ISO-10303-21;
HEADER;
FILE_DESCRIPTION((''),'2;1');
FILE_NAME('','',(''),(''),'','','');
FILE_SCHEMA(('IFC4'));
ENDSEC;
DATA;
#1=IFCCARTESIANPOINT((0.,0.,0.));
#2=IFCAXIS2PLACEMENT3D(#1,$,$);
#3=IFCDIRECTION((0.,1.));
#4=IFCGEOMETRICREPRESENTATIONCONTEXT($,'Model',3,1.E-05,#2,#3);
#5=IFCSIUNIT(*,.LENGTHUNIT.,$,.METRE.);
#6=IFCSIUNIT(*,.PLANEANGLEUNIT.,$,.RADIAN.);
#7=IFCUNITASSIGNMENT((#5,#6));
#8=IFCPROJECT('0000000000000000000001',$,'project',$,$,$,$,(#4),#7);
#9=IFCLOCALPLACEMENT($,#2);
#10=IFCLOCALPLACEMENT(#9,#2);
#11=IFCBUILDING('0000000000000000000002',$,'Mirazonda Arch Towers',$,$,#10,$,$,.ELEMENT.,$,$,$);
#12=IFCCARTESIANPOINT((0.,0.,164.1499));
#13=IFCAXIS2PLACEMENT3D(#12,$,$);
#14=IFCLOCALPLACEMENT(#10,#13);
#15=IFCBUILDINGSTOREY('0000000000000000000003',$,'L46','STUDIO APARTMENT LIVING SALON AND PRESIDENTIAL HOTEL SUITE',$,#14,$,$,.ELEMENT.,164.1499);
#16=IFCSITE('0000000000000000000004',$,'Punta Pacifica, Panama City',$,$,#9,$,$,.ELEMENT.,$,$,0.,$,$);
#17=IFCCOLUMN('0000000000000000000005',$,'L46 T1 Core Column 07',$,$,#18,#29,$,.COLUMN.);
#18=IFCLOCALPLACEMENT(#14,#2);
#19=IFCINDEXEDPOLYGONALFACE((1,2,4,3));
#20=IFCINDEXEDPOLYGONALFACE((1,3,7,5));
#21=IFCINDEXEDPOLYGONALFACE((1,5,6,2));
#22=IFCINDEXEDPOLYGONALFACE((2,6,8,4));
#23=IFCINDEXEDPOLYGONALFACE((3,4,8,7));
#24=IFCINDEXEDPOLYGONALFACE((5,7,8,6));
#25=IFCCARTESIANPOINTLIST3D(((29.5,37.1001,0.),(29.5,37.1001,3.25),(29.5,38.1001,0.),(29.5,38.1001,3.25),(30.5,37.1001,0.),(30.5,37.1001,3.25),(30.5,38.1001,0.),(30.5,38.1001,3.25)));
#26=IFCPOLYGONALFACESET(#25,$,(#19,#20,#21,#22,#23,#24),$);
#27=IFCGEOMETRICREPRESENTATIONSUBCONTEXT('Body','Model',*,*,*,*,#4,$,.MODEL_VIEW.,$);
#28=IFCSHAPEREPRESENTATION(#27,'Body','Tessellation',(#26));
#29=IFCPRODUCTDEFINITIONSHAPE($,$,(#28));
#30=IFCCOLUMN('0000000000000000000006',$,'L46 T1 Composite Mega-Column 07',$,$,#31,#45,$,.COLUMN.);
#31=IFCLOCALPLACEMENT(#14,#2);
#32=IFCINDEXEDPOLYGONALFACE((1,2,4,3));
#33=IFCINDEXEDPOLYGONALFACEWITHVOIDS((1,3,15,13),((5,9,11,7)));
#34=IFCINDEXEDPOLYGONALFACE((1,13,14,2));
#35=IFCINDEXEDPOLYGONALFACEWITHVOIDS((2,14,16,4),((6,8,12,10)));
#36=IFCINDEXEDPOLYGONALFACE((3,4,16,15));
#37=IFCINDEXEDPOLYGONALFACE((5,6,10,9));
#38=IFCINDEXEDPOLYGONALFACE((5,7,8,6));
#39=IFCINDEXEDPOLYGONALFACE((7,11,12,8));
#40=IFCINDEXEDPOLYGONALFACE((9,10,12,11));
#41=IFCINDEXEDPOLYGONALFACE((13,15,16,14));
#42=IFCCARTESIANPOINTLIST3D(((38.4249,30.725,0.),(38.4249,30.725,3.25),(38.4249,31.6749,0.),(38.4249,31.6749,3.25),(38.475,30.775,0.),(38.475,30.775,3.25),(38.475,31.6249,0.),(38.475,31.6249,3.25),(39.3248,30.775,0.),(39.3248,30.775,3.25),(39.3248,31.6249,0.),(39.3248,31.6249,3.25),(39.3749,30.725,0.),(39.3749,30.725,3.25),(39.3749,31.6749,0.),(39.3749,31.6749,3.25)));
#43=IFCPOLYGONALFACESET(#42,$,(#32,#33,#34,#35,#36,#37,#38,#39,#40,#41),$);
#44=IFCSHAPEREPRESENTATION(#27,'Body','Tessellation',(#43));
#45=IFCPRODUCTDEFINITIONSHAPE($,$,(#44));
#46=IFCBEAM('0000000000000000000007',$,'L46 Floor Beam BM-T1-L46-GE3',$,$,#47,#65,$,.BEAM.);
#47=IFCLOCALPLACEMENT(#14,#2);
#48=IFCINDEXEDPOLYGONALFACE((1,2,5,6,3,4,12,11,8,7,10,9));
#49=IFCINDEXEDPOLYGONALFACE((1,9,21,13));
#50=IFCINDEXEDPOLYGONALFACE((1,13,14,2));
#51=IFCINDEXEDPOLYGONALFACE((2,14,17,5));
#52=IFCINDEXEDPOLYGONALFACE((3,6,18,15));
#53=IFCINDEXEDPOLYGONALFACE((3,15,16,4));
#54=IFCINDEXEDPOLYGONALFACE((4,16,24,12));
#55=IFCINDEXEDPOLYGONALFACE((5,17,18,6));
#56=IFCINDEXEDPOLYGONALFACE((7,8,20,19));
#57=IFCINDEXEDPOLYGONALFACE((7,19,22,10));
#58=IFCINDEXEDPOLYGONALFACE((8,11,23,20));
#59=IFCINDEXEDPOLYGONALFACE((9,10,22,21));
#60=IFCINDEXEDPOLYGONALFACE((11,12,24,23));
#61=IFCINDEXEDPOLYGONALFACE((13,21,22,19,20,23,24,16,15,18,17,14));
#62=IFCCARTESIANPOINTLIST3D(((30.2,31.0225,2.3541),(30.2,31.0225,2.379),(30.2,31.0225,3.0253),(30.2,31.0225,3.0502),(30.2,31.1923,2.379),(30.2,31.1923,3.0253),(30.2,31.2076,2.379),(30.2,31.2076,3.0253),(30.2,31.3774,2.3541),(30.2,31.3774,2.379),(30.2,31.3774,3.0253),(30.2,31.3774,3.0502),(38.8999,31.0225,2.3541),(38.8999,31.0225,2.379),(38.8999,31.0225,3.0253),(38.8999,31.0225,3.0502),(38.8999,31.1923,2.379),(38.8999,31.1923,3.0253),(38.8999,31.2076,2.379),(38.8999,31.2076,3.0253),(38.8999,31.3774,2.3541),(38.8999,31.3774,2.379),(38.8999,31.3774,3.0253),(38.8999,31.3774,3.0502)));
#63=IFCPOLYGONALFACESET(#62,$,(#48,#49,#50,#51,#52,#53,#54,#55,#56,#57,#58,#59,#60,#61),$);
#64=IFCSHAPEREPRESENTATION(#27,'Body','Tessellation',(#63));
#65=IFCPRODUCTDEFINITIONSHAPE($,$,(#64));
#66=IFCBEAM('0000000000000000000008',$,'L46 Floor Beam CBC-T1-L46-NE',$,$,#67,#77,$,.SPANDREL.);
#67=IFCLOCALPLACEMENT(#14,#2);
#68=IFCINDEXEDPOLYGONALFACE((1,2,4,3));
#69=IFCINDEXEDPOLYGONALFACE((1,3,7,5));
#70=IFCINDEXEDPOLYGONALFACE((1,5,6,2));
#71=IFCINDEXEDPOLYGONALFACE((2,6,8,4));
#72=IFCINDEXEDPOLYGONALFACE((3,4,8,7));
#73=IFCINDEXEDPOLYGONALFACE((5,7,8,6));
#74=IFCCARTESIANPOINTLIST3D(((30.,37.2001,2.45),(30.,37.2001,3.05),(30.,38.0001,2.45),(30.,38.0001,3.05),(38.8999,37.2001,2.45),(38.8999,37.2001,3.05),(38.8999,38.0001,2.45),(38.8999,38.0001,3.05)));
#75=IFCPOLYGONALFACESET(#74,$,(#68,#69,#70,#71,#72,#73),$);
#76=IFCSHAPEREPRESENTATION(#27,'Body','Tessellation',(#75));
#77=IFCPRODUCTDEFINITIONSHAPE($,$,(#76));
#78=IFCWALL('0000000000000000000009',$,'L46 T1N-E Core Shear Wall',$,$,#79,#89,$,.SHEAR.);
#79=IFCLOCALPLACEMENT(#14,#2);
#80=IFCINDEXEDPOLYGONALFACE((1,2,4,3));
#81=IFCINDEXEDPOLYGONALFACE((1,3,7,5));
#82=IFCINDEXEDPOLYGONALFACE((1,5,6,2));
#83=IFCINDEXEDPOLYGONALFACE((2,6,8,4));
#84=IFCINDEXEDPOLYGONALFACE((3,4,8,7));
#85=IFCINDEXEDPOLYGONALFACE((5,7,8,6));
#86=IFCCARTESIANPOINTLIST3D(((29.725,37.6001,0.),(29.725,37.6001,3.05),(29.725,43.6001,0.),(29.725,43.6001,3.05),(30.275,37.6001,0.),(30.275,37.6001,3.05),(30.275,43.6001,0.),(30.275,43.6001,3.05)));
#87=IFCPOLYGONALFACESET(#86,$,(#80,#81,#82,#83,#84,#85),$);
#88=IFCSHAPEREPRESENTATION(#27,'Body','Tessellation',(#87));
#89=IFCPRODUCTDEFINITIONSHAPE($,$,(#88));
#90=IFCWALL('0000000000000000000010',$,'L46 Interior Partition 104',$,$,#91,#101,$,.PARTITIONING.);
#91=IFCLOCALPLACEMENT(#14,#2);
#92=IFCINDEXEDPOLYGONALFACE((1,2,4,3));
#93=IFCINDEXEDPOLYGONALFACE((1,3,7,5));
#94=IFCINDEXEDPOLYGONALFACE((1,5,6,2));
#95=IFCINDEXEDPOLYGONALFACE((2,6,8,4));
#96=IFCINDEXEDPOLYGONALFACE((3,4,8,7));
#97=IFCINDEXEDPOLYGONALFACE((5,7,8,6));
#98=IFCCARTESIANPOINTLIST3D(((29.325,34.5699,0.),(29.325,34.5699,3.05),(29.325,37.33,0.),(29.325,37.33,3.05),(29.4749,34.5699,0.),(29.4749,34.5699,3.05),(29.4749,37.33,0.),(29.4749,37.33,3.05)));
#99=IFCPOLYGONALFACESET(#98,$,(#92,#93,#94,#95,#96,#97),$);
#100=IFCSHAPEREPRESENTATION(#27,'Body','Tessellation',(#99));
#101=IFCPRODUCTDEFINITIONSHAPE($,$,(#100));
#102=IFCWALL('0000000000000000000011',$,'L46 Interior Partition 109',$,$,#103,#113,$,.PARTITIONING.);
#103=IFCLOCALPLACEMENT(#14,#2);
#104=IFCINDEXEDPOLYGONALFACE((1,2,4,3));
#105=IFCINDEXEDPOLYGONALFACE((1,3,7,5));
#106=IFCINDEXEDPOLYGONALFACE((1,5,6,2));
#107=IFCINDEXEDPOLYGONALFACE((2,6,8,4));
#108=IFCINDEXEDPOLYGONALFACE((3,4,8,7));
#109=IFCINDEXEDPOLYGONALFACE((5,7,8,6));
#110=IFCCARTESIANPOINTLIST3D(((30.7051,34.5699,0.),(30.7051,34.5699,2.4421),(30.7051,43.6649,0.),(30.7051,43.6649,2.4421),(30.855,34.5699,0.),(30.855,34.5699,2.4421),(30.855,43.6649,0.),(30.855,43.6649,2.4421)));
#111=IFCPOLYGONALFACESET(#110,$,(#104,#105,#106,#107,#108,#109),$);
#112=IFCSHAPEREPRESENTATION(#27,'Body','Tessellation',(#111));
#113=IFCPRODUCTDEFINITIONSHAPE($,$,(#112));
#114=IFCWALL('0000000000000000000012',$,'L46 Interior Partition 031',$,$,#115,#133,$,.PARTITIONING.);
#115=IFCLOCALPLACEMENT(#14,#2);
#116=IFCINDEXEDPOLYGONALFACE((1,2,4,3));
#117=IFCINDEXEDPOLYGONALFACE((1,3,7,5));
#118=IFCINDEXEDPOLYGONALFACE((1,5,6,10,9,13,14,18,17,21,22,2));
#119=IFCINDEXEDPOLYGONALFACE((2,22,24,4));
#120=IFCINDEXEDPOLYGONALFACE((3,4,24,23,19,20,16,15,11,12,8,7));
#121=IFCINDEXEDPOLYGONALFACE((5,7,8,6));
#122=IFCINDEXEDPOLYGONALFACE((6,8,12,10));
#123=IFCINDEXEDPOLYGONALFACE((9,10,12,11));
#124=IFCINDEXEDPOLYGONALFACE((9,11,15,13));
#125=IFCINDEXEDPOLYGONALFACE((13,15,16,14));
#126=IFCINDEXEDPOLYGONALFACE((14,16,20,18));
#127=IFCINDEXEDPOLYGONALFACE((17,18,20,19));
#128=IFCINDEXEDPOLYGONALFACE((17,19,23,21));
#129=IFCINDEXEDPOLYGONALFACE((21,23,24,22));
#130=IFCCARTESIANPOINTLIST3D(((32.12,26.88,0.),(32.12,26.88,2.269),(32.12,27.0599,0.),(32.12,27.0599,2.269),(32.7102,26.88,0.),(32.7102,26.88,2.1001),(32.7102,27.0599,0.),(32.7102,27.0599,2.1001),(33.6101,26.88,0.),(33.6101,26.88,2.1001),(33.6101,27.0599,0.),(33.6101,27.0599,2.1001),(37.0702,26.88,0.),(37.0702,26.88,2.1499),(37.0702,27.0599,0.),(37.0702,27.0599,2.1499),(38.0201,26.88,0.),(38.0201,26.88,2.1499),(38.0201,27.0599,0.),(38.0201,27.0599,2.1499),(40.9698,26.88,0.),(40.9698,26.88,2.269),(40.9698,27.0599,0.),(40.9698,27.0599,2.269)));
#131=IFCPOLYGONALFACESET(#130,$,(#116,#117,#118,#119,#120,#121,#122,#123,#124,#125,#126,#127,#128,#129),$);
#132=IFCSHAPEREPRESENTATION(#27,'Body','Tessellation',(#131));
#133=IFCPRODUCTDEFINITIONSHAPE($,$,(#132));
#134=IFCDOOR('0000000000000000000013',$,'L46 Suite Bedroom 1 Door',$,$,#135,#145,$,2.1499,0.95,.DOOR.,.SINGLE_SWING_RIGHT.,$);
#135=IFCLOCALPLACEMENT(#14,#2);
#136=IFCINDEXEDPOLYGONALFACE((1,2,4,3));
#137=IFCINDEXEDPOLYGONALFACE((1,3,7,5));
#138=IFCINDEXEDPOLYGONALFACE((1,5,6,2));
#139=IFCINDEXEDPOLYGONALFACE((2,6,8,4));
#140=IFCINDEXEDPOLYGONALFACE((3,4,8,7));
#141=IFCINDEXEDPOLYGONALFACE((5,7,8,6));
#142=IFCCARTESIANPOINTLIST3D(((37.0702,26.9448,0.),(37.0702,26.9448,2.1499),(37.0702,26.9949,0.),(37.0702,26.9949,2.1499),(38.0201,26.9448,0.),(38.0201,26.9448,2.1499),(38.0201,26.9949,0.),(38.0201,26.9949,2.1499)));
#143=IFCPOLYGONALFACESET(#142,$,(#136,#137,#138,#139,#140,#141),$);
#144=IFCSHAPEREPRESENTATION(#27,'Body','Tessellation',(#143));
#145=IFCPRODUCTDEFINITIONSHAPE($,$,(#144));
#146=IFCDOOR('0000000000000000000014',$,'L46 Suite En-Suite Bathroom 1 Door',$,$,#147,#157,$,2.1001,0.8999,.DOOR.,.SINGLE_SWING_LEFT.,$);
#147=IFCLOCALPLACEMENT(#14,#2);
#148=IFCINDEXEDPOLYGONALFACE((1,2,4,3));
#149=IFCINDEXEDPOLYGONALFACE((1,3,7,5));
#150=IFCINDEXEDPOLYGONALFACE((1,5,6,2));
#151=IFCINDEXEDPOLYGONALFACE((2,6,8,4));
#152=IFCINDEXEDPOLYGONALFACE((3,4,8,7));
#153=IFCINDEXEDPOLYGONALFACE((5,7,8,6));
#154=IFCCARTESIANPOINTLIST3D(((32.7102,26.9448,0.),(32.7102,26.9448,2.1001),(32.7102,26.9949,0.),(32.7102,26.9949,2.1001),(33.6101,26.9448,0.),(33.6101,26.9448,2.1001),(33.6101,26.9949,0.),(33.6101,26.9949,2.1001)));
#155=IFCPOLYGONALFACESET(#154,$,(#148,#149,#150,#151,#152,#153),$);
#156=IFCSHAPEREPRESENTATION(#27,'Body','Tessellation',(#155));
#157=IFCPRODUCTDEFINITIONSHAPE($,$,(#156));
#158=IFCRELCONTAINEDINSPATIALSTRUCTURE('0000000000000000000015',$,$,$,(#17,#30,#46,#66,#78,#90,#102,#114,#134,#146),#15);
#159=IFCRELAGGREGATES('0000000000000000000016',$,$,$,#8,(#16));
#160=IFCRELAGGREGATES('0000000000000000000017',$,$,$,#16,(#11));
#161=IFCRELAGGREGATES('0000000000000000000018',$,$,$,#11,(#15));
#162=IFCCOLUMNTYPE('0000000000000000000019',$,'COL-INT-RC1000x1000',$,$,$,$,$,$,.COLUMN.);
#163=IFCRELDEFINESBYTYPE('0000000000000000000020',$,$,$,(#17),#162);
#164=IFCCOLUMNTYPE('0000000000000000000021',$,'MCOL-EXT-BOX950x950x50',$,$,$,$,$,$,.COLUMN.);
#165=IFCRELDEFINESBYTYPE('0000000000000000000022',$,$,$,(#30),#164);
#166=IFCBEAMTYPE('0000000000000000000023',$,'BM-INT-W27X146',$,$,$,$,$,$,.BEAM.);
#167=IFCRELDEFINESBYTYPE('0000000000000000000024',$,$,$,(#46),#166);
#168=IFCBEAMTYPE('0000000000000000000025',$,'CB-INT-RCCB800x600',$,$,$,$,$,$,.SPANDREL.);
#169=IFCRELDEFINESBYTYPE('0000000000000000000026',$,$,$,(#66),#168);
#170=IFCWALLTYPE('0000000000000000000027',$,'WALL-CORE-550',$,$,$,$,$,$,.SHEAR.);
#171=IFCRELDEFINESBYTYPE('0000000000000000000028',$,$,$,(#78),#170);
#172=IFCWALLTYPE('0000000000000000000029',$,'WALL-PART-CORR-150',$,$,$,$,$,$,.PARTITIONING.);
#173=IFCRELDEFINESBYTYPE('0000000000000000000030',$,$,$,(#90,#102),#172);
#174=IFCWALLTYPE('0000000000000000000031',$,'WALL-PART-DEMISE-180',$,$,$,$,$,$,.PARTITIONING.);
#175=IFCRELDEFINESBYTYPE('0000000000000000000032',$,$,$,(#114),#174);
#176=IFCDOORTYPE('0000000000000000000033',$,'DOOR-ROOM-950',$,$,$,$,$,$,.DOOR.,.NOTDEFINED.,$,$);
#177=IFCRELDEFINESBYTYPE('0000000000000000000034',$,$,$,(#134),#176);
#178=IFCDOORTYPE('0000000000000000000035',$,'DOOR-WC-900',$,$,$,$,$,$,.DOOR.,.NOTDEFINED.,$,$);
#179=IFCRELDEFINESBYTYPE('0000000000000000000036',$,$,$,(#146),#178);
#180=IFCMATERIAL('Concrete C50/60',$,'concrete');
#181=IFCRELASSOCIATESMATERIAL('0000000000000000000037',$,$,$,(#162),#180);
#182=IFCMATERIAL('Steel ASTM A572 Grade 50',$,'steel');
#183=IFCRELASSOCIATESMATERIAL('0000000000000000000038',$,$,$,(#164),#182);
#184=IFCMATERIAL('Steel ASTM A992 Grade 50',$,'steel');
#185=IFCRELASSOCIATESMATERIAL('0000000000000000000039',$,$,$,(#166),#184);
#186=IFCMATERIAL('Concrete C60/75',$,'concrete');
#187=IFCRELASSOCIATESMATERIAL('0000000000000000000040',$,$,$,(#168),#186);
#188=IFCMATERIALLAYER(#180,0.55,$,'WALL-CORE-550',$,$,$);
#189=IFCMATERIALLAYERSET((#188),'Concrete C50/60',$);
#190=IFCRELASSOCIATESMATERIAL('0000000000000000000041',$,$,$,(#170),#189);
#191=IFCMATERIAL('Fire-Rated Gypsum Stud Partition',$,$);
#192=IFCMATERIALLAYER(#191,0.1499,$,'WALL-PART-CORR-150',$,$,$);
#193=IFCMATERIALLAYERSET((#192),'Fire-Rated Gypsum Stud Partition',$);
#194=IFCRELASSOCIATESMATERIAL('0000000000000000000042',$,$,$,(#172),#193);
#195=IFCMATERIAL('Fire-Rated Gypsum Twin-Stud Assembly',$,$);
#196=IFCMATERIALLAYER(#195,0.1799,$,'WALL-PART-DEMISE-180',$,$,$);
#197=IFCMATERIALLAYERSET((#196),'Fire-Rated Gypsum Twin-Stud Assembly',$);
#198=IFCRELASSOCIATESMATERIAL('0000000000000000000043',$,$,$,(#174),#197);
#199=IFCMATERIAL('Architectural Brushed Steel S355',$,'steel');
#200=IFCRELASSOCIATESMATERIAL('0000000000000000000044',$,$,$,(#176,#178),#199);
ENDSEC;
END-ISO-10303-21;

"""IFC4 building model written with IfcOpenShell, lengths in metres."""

from ifc_helpers import new_model, si_unit, direction, frame, frame_2d, origin, origin_2d, place, context, subcontext, project, spatial, rectangle, hollow_rectangle, i_section, extrude, material, layer, layer_set, material_profile, profile_set, type_object, element, fill, save


model = new_model("IFC4")

# Units and contexts
model_context = context("Model", 3, precision=1e-05, world=origin(), true_north=direction((0.0, 1.0)))
body_context = subcontext(model_context, "Body", "Model", "MODEL_VIEW")
ifc_project = project(units=[si_unit("LENGTHUNIT", "METRE"), si_unit("PLANEANGLEUNIT", "RADIAN")], contexts=[model_context])

# Site, building, storey
site_placement = place(None, origin())
site = spatial("IfcSite", under=ifc_project, at=site_placement, Name="Punta Pacifica, Panama City", CompositionType="ELEMENT", RefElevation=0.0)
building_placement = place(site_placement, origin())
building = spatial("IfcBuilding", under=site, at=building_placement, Name="Mirazonda Arch Towers", CompositionType="ELEMENT")
storey_placement = place(building_placement, frame((0.0, 0.0, 164.1499)))
storey = spatial("IfcBuildingStorey", under=building, at=storey_placement, Name="L46", Description="STUDIO APARTMENT LIVING SALON AND PRESIDENTIAL HOTEL SUITE", CompositionType="ELEMENT", Elevation=164.1499)

# Columns
ifc_material_1 = material(Name="Concrete C50/60", Category="concrete")
ifc_material_profile_1 = material_profile(ifc_material_1, rectangle(XDim=1.0, YDim=1.0, at=origin_2d()), Name="RC1000x1000")
ifc_profile_set_1 = profile_set([ifc_material_profile_1], Name="Concrete C50/60")
column_type_1 = type_object("IfcColumnType", Name="COL-INT-RC1000x1000", PredefinedType="COLUMN", material=ifc_profile_set_1)
column_1_placement = place(storey_placement, frame((30.0, 37.6001, 0.0), z_axis=(0.0, 0.0, 1.0), x_axis=(1.0, 0.0, 0.0)))
element("IfcColumn", 1, at=column_1_placement, inside=storey, type_object=column_type_1, Name="L46 T1 Core Column 07", PredefinedType="COLUMN", context=body_context, shape_type="SweptSolid", body=[
    extrude(rectangle(XDim=1.0, YDim=1.0, at=origin_2d()), origin(), (0.0, 0.0, 1.0), 3.25),
])
ifc_material_2 = material(Name="Steel ASTM A572 Grade 50", Category="steel")
ifc_material_profile_2 = material_profile(ifc_material_2, hollow_rectangle(XDim=0.95, YDim=0.95, WallThickness=0.05, at=origin_2d()), Name="BOX950x950x50")
ifc_profile_set_2 = profile_set([ifc_material_profile_2], Name="Steel ASTM A572 Grade 50")
column_type_2 = type_object("IfcColumnType", Name="MCOL-EXT-BOX950x950x50", PredefinedType="COLUMN", material=ifc_profile_set_2)
column_2_placement = place(storey_placement, frame((38.8999, 31.2, 0.0), z_axis=(0.0, 0.0, 1.0), x_axis=(1.0, 0.0, 0.0)))
element("IfcColumn", 2, at=column_2_placement, inside=storey, type_object=column_type_2, Name="L46 T1 Composite Mega-Column 07", PredefinedType="COLUMN", context=body_context, shape_type="SweptSolid", body=[
    extrude(hollow_rectangle(XDim=0.95, YDim=0.95, WallThickness=0.05, at=origin_2d()), origin(), (0.0, 0.0, 1.0), 3.25),
])

# Beams
ifc_material_3 = material(Name="Steel ASTM A992 Grade 50", Category="steel")
ifc_material_profile_3 = material_profile(ifc_material_3, i_section(OverallWidth=0.355, OverallDepth=0.696, WebThickness=0.0154, FlangeThickness=0.0249, at=origin_2d()), Name="W27X146")
ifc_profile_set_3 = profile_set([ifc_material_profile_3], Name="Steel ASTM A992 Grade 50")
beam_type_1 = type_object("IfcBeamType", Name="BM-INT-W27X146", PredefinedType="BEAM", material=ifc_profile_set_3)
beam_1_placement = place(storey_placement, frame((30.2, 31.2, 2.7021), z_axis=(1.0, 0.0, 0.0), x_axis=(0.0, 1.0, 0.0)))
element("IfcBeam", 3, at=beam_1_placement, inside=storey, type_object=beam_type_1, Name="L46 Floor Beam BM-T1-L46-GE3", PredefinedType="BEAM", context=body_context, shape_type="SweptSolid", body=[
    extrude(i_section(OverallWidth=0.355, OverallDepth=0.696, WebThickness=0.0154, FlangeThickness=0.0249, at=origin_2d()), origin(), (0.0, 0.0, 1.0), 8.7),
])
ifc_material_4 = material(Name="Concrete C60/75", Category="concrete")
ifc_material_profile_4 = material_profile(ifc_material_4, rectangle(XDim=0.8, YDim=0.6001, at=origin_2d()), Name="RCCB800x600")
ifc_profile_set_4 = profile_set([ifc_material_profile_4], Name="Concrete C60/75")
beam_type_2 = type_object("IfcBeamType", Name="CB-INT-RCCB800x600", PredefinedType="SPANDREL", material=ifc_profile_set_4)
beam_2_placement = place(storey_placement, frame((30.0, 37.6001, 2.75), z_axis=(1.0, 0.0, 0.0), x_axis=(0.0, 1.0, 0.0)))
element("IfcBeam", 4, at=beam_2_placement, inside=storey, type_object=beam_type_2, Name="L46 Floor Beam CBC-T1-L46-NE", PredefinedType="SPANDREL", context=body_context, shape_type="SweptSolid", body=[
    extrude(rectangle(XDim=0.8, YDim=0.6001, at=origin_2d()), origin(), (0.0, 0.0, 1.0), 8.8999),
])

# Walls
ifc_layer_1 = layer(ifc_material_1, 0.55, Name="WALL-CORE-550")
ifc_layer_set_1 = layer_set([ifc_layer_1], Name="Concrete C50/60")
wall_type_1 = type_object("IfcWallType", Name="WALL-CORE-550", PredefinedType="SHEAR", material=ifc_layer_set_1)
wall_1_placement = place(storey_placement, frame((30.0, 37.6001, 0.0), z_axis=(0.0, 0.0, 1.0), x_axis=(0.0, 1.0, 0.0)))
element("IfcWall", 5, at=wall_1_placement, inside=storey, type_object=wall_type_1, Name="L46 T1N-E Core Shear Wall", PredefinedType="SHEAR", context=body_context, shape_type="SweptSolid", body=[
    extrude(rectangle(XDim=6.0, YDim=0.55, at=frame_2d((3.0, 0.0))), origin(), (0.0, 0.0, 1.0), 3.05),
])
ifc_material_5 = material(Name="Fire-Rated Gypsum Stud Partition")
ifc_layer_2 = layer(ifc_material_5, 0.1499, Name="WALL-PART-CORR-150")
ifc_layer_set_2 = layer_set([ifc_layer_2], Name="Fire-Rated Gypsum Stud Partition")
wall_type_2 = type_object("IfcWallType", Name="WALL-PART-CORR-150", PredefinedType="PARTITIONING", material=ifc_layer_set_2)
wall_2_placement = place(storey_placement, frame((29.3999, 34.5701, 0.0), z_axis=(0.0, 0.0, 1.0), x_axis=(0.0, 1.0, 0.0)))
element("IfcWall", 6, at=wall_2_placement, inside=storey, type_object=wall_type_2, Name="L46 Interior Partition 104", PredefinedType="PARTITIONING", context=body_context, shape_type="SweptSolid", body=[
    extrude(rectangle(XDim=2.76, YDim=0.1499, at=frame_2d((1.3799, 0.0))), origin(), (0.0, 0.0, 1.0), 3.05),
])
wall_3_placement = place(storey_placement, frame((30.78, 34.5701, 0.0), z_axis=(0.0, 0.0, 1.0), x_axis=(0.0, 1.0, 0.0)))
element("IfcWall", 7, at=wall_3_placement, inside=storey, type_object=wall_type_2, Name="L46 Interior Partition 109", PredefinedType="PARTITIONING", context=body_context, shape_type="SweptSolid", body=[
    extrude(rectangle(XDim=9.095, YDim=0.1499, at=frame_2d((4.5474, 0.0))), origin(), (0.0, 0.0, 1.0), 2.4421),
])

# Wall, openings, doors
ifc_material_6 = material(Name="Fire-Rated Gypsum Twin-Stud Assembly")
ifc_layer_3 = layer(ifc_material_6, 0.1799, Name="WALL-PART-DEMISE-180")
ifc_layer_set_3 = layer_set([ifc_layer_3], Name="Fire-Rated Gypsum Twin-Stud Assembly")
wall_type_3 = type_object("IfcWallType", Name="WALL-PART-DEMISE-180", PredefinedType="PARTITIONING", material=ifc_layer_set_3)
wall_4_placement = place(storey_placement, frame((32.1201, 26.97, 0.0), z_axis=(0.0, 0.0, 1.0), x_axis=(1.0, 0.0, 0.0)))
wall_4 = element("IfcWall", 8, at=wall_4_placement, inside=storey, type_object=wall_type_3, Name="L46 Interior Partition 031", PredefinedType="PARTITIONING", context=body_context, shape_type="SweptSolid", body=[
    extrude(rectangle(XDim=8.8499, YDim=0.1799, at=frame_2d((4.4248, 0.0))), origin(), (0.0, 0.0, 1.0), 2.269),
])
opening_1_placement = place(wall_4_placement, frame((4.95, 0.0, 0.0)))
opening_1 = element("IfcOpeningElement", 9, at=opening_1_placement, cuts=wall_4, PredefinedType="OPENING", context=body_context, shape_type="SweptSolid", body=[
    extrude(rectangle(XDim=0.95, YDim=2.1499, at=frame_2d((0.4751, 1.075))), frame((0.0, 0.0999, 0.0), z_axis=(0.0, -1.0, 0.0), x_axis=(1.0, 0.0, 0.0)), (0.0, 0.0, 1.0), 0.2),
])
opening_2_placement = place(wall_4_placement, frame((0.5901, 0.0, 0.0)))
opening_2 = element("IfcOpeningElement", 10, at=opening_2_placement, cuts=wall_4, PredefinedType="OPENING", context=body_context, shape_type="SweptSolid", body=[
    extrude(rectangle(XDim=0.8999, YDim=2.1001, at=frame_2d((0.45, 1.05))), frame((0.0, 0.0999, 0.0), z_axis=(0.0, -1.0, 0.0), x_axis=(1.0, 0.0, 0.0)), (0.0, 0.0, 1.0), 0.2),
])
ifc_material_7 = material(Name="Architectural Brushed Steel S355", Category="steel")
door_type_1 = type_object("IfcDoorType", Name="DOOR-ROOM-950", OperationType="NOTDEFINED", PredefinedType="DOOR", material=ifc_material_7)
door_1_placement = place(opening_1_placement, origin())
door_1 = element("IfcDoor", 11, at=door_1_placement, inside=storey, type_object=door_type_1, Name="L46 Suite Bedroom 1 Door", OperationType="SINGLE_SWING_RIGHT", OverallHeight=2.1499, OverallWidth=0.95, PredefinedType="DOOR", context=body_context, shape_type="SweptSolid", body=[
    extrude(rectangle(XDim=0.95, YDim=2.1499, at=frame_2d((0.4751, 1.075))), frame((0.0, 0.0249, 0.0), z_axis=(0.0, -1.0, 0.0), x_axis=(1.0, 0.0, 0.0)), (0.0, 0.0, 1.0), 0.05),
])
fill(opening_1, door_1)
door_type_2 = type_object("IfcDoorType", Name="DOOR-WC-900", OperationType="NOTDEFINED", PredefinedType="DOOR", material=ifc_material_7)
door_2_placement = place(opening_2_placement, origin())
door_2 = element("IfcDoor", 12, at=door_2_placement, inside=storey, type_object=door_type_2, Name="L46 Suite En-Suite Bathroom 1 Door", OperationType="SINGLE_SWING_LEFT", OverallHeight=2.1001, OverallWidth=0.8999, PredefinedType="DOOR", context=body_context, shape_type="SweptSolid", body=[
    extrude(rectangle(XDim=0.8999, YDim=2.1001, at=frame_2d((0.45, 1.05))), frame((0.0, 0.0249, 0.0), z_axis=(0.0, -1.0, 0.0), x_axis=(1.0, 0.0, 0.0)), (0.0, 0.0, 1.0), 0.05),
])
fill(opening_2, door_2)

save(model, "model.ifc")
